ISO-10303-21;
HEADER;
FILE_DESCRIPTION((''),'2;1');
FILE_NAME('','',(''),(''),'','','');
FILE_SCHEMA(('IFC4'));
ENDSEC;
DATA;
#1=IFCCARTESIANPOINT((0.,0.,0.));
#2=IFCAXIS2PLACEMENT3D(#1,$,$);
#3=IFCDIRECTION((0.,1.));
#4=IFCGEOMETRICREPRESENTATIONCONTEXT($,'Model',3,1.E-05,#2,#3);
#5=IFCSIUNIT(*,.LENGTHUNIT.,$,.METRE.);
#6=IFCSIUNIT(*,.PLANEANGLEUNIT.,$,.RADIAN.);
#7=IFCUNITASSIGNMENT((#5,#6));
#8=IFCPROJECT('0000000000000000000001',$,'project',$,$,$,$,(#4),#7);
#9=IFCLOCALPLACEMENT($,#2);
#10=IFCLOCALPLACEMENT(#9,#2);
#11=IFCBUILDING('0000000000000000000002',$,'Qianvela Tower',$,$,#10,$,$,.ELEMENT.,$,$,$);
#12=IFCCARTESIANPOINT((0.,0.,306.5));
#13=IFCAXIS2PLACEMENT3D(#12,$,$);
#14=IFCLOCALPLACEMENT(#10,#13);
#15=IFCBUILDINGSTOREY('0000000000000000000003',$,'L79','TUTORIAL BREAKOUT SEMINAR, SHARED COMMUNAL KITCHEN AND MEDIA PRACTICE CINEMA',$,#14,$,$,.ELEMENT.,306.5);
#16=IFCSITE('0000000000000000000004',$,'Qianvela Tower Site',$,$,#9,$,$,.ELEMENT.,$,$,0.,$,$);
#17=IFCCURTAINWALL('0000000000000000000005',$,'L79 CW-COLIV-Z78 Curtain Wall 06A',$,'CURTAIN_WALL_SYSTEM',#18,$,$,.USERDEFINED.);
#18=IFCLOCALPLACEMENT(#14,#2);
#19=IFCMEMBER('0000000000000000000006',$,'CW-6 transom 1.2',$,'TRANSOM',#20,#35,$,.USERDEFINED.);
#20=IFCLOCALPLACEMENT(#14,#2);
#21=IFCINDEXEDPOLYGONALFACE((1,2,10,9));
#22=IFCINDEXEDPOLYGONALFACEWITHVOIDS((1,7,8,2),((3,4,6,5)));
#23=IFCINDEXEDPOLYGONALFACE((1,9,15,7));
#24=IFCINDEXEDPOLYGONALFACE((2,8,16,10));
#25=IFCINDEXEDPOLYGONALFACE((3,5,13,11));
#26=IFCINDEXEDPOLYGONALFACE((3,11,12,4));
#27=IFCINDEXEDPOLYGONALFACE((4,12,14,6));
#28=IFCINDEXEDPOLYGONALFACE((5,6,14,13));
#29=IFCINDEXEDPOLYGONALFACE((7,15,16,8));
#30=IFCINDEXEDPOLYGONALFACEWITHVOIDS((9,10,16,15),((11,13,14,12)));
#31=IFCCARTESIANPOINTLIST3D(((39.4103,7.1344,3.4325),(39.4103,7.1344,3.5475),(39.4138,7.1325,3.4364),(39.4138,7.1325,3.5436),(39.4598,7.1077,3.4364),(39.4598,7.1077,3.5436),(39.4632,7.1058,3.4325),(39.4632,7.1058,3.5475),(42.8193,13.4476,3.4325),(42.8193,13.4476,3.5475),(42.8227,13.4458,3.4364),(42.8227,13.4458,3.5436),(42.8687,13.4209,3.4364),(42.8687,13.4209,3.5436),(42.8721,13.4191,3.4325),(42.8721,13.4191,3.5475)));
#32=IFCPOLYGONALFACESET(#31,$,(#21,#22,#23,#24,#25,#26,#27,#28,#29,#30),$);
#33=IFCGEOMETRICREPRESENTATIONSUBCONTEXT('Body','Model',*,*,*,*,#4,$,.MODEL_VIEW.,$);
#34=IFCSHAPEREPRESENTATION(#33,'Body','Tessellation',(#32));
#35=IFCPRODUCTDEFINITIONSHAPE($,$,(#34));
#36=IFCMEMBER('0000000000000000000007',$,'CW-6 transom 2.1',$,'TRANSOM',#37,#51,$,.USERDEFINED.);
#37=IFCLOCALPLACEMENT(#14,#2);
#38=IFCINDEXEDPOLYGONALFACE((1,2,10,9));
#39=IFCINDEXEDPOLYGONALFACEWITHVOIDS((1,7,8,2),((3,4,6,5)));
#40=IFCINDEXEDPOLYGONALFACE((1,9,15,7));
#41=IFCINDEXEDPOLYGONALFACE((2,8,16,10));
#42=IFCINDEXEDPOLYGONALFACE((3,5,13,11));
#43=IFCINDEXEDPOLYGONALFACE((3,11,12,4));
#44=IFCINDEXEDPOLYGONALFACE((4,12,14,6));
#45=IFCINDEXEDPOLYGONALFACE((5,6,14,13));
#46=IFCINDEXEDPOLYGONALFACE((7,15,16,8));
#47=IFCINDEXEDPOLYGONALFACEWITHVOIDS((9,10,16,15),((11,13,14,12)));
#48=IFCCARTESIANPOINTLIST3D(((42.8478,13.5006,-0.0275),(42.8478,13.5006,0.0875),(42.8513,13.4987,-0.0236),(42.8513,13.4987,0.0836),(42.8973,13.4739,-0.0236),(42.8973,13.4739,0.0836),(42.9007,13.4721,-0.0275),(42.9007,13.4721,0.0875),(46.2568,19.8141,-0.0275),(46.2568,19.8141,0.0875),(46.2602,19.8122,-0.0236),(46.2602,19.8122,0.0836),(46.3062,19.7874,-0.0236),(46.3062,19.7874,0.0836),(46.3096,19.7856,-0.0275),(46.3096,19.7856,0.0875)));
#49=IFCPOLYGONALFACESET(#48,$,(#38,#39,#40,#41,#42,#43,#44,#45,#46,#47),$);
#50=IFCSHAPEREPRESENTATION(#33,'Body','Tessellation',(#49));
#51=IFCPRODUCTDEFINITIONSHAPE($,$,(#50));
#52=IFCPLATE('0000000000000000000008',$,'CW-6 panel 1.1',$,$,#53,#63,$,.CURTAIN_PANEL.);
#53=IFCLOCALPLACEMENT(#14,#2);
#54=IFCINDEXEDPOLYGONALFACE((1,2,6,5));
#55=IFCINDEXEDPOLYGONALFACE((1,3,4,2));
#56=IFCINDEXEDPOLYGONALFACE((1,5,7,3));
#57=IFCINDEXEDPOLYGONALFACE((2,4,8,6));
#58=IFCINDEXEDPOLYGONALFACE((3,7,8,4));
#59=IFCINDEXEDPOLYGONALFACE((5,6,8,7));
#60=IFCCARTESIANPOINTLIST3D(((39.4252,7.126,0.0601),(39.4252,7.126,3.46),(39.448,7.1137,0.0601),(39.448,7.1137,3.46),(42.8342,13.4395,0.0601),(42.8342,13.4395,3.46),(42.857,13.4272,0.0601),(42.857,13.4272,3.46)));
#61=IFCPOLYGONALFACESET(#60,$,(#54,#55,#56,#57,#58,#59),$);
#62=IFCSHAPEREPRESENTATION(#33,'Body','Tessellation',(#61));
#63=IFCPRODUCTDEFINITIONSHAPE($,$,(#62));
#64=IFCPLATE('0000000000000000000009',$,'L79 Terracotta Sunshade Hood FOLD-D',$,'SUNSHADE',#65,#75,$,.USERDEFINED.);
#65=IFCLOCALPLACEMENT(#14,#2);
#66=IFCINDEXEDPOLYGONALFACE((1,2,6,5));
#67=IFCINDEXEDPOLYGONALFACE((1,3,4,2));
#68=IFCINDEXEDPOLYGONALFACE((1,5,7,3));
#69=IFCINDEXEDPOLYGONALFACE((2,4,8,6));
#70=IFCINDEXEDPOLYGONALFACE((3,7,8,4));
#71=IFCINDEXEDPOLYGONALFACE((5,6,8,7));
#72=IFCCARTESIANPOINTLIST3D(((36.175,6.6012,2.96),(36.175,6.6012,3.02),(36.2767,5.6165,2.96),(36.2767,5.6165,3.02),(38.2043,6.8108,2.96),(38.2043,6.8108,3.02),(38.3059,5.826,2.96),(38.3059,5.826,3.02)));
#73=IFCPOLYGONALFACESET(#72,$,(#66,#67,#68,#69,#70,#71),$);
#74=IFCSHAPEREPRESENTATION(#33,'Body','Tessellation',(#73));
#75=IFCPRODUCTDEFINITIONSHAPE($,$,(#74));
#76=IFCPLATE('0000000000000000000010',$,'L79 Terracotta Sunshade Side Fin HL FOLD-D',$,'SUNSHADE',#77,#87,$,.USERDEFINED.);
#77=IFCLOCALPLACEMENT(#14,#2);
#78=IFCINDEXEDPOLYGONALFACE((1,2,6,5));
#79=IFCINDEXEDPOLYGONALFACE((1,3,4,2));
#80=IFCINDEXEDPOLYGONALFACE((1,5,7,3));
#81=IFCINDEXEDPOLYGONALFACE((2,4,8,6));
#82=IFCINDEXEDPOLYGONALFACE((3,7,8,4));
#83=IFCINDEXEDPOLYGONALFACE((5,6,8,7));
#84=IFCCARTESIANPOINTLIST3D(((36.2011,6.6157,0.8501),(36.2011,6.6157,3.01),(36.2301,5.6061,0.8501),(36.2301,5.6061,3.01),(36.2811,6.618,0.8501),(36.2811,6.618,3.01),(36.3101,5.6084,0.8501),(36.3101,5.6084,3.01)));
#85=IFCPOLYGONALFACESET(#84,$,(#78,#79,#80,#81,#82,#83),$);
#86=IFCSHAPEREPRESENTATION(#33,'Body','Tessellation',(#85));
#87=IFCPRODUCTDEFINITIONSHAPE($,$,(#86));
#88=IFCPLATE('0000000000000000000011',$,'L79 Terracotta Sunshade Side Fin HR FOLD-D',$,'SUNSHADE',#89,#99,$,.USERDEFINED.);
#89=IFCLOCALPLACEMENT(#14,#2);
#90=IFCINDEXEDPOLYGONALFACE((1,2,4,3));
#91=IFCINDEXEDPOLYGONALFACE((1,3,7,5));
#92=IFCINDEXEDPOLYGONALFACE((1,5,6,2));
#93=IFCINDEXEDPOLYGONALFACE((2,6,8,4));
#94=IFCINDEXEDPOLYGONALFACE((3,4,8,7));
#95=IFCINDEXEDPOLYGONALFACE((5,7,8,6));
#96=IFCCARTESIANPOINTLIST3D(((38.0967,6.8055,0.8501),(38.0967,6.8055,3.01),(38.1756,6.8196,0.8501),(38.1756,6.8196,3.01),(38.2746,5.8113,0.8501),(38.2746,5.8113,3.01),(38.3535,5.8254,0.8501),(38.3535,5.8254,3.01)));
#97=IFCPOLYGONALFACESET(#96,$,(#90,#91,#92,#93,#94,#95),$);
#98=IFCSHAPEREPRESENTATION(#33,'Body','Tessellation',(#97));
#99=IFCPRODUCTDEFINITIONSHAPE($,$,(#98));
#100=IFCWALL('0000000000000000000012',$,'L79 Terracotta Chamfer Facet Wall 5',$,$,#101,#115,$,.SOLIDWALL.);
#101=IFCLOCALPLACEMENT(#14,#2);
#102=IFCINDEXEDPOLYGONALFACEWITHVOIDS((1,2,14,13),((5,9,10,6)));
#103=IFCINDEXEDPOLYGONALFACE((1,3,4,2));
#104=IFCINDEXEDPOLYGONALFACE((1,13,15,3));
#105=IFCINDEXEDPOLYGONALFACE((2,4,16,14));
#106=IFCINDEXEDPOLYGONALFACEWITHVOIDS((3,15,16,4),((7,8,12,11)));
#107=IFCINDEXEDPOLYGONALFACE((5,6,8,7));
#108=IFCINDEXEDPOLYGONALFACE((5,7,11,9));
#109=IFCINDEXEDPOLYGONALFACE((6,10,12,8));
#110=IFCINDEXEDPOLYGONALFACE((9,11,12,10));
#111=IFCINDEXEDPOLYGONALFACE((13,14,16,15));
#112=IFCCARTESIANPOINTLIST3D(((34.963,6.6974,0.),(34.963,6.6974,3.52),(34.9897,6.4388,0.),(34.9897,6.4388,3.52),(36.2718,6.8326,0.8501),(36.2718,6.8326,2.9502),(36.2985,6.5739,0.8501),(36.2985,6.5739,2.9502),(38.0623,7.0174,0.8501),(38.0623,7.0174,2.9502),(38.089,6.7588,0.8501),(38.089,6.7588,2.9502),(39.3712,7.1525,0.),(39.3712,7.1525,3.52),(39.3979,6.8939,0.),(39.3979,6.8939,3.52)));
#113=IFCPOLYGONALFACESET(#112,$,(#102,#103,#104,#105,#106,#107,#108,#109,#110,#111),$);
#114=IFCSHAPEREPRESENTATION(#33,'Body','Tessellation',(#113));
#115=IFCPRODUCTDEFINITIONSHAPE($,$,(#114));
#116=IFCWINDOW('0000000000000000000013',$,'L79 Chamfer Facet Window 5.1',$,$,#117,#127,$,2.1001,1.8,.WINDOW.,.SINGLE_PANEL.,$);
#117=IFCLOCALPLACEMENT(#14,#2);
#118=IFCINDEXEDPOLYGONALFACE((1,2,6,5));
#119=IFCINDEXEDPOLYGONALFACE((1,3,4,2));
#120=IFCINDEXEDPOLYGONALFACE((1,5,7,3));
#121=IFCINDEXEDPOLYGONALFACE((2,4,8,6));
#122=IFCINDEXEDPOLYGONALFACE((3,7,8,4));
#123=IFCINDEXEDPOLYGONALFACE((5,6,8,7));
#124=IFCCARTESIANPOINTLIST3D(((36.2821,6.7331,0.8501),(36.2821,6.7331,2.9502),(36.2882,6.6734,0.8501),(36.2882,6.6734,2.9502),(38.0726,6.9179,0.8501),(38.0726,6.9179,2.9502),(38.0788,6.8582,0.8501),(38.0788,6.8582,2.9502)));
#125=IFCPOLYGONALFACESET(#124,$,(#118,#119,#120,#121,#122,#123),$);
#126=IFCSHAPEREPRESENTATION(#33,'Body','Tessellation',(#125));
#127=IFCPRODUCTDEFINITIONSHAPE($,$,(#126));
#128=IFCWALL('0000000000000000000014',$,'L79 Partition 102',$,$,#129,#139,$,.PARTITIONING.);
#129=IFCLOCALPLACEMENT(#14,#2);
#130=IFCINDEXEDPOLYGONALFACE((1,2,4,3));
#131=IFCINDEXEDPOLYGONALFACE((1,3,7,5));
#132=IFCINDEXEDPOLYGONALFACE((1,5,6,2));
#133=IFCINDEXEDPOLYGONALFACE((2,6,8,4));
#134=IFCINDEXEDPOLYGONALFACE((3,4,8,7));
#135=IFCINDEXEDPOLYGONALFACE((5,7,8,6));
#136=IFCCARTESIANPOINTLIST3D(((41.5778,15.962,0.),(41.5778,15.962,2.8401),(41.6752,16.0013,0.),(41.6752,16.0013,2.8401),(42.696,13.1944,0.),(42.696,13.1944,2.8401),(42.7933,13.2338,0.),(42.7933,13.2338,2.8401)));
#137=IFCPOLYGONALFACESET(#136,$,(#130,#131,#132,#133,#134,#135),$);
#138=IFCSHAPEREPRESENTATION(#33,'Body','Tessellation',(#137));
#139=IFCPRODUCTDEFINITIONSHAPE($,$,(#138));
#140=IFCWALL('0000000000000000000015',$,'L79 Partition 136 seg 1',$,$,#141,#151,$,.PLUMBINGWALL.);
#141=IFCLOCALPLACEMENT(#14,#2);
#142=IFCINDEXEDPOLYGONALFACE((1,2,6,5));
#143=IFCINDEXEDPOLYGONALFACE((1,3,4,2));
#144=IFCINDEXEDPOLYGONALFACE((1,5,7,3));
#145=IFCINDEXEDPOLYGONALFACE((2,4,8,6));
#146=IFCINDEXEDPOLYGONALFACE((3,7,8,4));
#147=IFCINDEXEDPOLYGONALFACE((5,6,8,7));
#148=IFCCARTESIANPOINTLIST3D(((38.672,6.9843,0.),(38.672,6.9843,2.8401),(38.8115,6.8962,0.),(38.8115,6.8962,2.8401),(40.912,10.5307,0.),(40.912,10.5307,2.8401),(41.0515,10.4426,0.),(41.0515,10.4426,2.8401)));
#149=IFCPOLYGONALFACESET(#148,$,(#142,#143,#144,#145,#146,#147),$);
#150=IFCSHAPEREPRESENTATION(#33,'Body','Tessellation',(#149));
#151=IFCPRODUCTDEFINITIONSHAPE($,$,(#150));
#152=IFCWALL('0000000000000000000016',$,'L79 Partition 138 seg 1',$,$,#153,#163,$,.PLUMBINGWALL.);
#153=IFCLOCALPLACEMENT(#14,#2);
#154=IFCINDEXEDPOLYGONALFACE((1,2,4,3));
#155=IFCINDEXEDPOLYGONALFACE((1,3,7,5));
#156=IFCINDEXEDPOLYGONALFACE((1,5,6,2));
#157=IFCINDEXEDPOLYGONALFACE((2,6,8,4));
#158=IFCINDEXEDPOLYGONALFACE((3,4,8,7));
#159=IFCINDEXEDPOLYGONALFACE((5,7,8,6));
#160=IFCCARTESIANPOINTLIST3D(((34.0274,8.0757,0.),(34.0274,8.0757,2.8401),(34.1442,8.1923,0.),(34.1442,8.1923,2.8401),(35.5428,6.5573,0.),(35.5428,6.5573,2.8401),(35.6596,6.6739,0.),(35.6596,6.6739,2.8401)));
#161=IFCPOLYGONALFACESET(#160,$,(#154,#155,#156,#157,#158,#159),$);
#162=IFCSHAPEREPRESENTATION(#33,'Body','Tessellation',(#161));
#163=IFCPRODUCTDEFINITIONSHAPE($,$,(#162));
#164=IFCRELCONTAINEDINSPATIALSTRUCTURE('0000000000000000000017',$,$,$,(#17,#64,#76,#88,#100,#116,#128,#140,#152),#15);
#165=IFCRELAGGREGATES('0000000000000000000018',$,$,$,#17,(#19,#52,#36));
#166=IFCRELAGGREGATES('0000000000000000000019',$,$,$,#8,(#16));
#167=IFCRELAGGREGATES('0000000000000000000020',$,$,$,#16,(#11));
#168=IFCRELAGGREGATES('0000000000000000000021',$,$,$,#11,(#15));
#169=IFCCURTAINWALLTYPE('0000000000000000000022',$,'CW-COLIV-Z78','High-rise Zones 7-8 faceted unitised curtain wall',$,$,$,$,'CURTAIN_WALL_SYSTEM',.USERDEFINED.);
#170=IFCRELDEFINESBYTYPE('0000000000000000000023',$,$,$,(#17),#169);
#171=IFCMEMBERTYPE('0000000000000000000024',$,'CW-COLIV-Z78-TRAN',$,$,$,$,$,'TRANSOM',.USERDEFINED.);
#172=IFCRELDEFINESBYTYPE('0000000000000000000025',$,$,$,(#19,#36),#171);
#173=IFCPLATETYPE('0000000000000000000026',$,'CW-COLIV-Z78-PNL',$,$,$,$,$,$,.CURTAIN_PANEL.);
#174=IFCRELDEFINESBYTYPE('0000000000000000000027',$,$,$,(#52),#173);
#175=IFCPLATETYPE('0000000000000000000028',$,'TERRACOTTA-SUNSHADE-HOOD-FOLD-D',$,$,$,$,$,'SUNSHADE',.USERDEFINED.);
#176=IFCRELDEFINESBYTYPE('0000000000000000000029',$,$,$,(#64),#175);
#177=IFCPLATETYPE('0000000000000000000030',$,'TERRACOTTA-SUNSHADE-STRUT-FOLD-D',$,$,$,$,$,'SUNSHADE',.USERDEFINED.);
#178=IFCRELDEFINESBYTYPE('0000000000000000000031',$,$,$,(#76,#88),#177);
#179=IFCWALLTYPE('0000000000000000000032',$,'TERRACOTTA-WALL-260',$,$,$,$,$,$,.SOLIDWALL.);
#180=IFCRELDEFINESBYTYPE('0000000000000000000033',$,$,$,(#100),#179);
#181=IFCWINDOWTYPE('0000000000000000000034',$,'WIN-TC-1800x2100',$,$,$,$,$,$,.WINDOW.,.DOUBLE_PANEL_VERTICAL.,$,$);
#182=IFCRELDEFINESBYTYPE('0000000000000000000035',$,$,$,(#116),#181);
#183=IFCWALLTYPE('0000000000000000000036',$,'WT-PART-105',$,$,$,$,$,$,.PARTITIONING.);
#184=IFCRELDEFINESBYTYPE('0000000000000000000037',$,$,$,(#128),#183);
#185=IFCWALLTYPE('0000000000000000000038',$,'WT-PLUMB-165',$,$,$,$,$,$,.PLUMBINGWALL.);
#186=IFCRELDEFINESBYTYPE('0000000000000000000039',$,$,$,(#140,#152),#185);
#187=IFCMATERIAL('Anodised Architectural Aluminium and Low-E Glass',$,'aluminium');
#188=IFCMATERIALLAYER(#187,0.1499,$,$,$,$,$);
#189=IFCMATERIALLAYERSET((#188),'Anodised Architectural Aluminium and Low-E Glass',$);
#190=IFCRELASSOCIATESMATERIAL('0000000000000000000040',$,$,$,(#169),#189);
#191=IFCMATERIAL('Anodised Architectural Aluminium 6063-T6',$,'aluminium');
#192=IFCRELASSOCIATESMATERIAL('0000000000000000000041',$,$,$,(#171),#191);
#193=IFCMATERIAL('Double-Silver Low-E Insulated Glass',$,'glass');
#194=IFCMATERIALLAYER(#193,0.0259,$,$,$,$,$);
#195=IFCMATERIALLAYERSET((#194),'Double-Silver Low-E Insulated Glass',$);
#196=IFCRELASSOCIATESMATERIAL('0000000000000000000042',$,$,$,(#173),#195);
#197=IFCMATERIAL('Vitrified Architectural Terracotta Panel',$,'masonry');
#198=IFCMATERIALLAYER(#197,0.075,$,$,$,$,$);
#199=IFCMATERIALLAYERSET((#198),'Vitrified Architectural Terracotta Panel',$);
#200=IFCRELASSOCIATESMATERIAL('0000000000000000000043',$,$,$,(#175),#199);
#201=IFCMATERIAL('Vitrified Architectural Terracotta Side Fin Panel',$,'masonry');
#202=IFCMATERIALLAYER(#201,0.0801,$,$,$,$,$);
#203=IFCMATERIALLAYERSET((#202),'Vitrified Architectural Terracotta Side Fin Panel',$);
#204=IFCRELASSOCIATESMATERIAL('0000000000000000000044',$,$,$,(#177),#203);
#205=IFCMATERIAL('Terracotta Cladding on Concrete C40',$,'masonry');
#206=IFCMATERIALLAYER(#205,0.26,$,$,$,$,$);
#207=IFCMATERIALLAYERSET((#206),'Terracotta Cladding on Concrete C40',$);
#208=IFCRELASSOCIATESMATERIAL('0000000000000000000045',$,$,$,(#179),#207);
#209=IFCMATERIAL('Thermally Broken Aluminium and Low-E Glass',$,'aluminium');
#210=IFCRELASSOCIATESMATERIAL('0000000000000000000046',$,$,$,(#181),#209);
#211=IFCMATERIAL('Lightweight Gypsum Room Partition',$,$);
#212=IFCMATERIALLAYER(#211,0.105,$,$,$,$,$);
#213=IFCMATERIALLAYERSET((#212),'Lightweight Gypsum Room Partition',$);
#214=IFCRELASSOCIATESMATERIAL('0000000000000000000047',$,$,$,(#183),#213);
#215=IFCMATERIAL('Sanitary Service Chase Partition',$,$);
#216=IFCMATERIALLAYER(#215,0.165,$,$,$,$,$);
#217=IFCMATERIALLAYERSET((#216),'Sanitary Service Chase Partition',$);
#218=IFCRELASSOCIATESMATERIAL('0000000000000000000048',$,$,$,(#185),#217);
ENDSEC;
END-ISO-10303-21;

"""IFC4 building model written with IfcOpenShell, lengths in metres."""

from ifc_helpers import new_model, si_unit, direction, frame, frame_2d, origin, origin_2d, place, context, subcontext, project, spatial, rectangle, hollow_rectangle, extrude, material, layer, layer_set, material_profile, profile_set, type_object, element, fill, aggregate, save


model = new_model("IFC4")

# Units and contexts
model_context = context("Model", 3, precision=1e-05, world=origin(), true_north=direction((0.0, 1.0)))
body_context = subcontext(model_context, "Body", "Model", "MODEL_VIEW")
ifc_project = project(units=[si_unit("LENGTHUNIT", "METRE"), si_unit("PLANEANGLEUNIT", "RADIAN")], contexts=[model_context])

# Site, building, storey
site_placement = place(None, origin())
site = spatial("IfcSite", under=ifc_project, at=site_placement, Name="Qianvela Tower Site", CompositionType="ELEMENT", RefElevation=0.0)
building_placement = place(site_placement, origin())
building = spatial("IfcBuilding", under=site, at=building_placement, Name="Qianvela Tower", CompositionType="ELEMENT")
storey_placement = place(building_placement, frame((0.0, 0.0, 306.5)))
storey = spatial("IfcBuildingStorey", under=building, at=storey_placement, Name="L79", Description="TUTORIAL BREAKOUT SEMINAR, SHARED COMMUNAL KITCHEN AND MEDIA PRACTICE CINEMA", CompositionType="ELEMENT", Elevation=306.5)

# Shared definitions
ifc_material_1 = material(Name="Anodised Architectural Aluminium and Low-E Glass", Category="aluminium")
ifc_layer_1 = layer(ifc_material_1, 0.1499)
ifc_layer_set_1 = layer_set([ifc_layer_1], Name="Anodised Architectural Aluminium and Low-E Glass")
curtain_wall_type = type_object("IfcCurtainWallType", Name="CW-COLIV-Z78", Description="High-rise Zones 7-8 faceted unitised curtain wall", ElementType="CURTAIN_WALL_SYSTEM", PredefinedType="USERDEFINED", material=ifc_layer_set_1)

# Curtain wall, members, plate
curtain_wall_1_placement = place(storey_placement, origin())
curtain_wall_1 = element("IfcCurtainWall", 1, at=curtain_wall_1_placement, inside=storey, type_object=curtain_wall_type, Name="L79 CW-COLIV-Z78 Curtain Wall 06A", ObjectType="CURTAIN_WALL_SYSTEM", PredefinedType="USERDEFINED")
ifc_material_2 = material(Name="Anodised Architectural Aluminium 6063-T6", Category="aluminium")
ifc_material_profile_1 = material_profile(ifc_material_2, hollow_rectangle(XDim=0.0601, YDim=0.115, WallThickness=0.0039, at=origin_2d()), Name="ALU-TRAN-60x115")
ifc_profile_set_1 = profile_set([ifc_material_profile_1], Name="Anodised Architectural Aluminium 6063-T6")
member_type_1 = type_object("IfcMemberType", Name="CW-COLIV-Z78-TRAN", ElementType="TRANSOM", PredefinedType="USERDEFINED", material=ifc_profile_set_1)
member_1_placement = place(storey_placement, frame((39.4368, 7.1201, 3.49), z_axis=(0.475126, 0.879918, 0.0), x_axis=(-0.879918, 0.475126, 0.0)))
member_1 = element("IfcMember", 2, at=member_1_placement, type_object=member_type_1, Name="CW-6 transom 1.2", ObjectType="TRANSOM", PredefinedType="USERDEFINED", context=body_context, shape_type="SweptSolid", body=[
    extrude(hollow_rectangle(XDim=0.0601, YDim=0.115, WallThickness=0.0039, at=origin_2d()), origin(), (0.0, 0.0, 1.0), 7.1748),
])
member_2_placement = place(storey_placement, frame((42.8743, 13.4863, 0.03), z_axis=(0.475112, 0.879925, 0.0), x_axis=(-0.879925, 0.475112, 0.0)))
member_2 = element("IfcMember", 3, at=member_2_placement, type_object=member_type_1, Name="CW-6 transom 2.1", ObjectType="TRANSOM", PredefinedType="USERDEFINED", context=body_context, shape_type="SweptSolid", body=[
    extrude(hollow_rectangle(XDim=0.0601, YDim=0.115, WallThickness=0.0039, at=origin_2d()), origin(), (0.0, 0.0, 1.0), 7.175),
])
ifc_material_3 = material(Name="Double-Silver Low-E Insulated Glass", Category="glass")
ifc_layer_2 = layer(ifc_material_3, 0.0259)
ifc_layer_set_2 = layer_set([ifc_layer_2], Name="Double-Silver Low-E Insulated Glass")
plate_type_1 = type_object("IfcPlateType", Name="CW-COLIV-Z78-PNL", PredefinedType="CURTAIN_PANEL", material=ifc_layer_set_2)
plate_1_placement = place(storey_placement, frame((41.1411, 10.2766, 0.0601), z_axis=(0.0, 0.0, 1.0), x_axis=(0.475114, 0.879924, 0.0)))
plate_1 = element("IfcPlate", 4, at=plate_1_placement, type_object=plate_type_1, Name="CW-6 panel 1.1", PredefinedType="CURTAIN_PANEL", context=body_context, shape_type="SweptSolid", body=[
    extrude(rectangle(XDim=7.175, YDim=0.0259, at=origin_2d()), origin(), (0.0, 0.0, 1.0), 3.3999),
])
aggregate(curtain_wall_1, [member_1, plate_1, member_2])

# Plates
ifc_material_4 = material(Name="Vitrified Architectural Terracotta Panel", Category="masonry")
ifc_layer_3 = layer(ifc_material_4, 0.075)
ifc_layer_set_3 = layer_set([ifc_layer_3], Name="Vitrified Architectural Terracotta Panel")
plate_type_2 = type_object("IfcPlateType", Name="TERRACOTTA-SUNSHADE-HOOD-FOLD-D", ElementType="SUNSHADE", PredefinedType="USERDEFINED", material=ifc_layer_set_3)
plate_2_placement = place(storey_placement, frame((37.2405, 6.2136, 2.96), z_axis=(0.0, 0.0, 1.0), x_axis=(0.994713, 0.102695, 0.0)))
element("IfcPlate", 5, at=plate_2_placement, inside=storey, type_object=plate_type_2, Name="L79 Terracotta Sunshade Hood FOLD-D", ObjectType="SUNSHADE", PredefinedType="USERDEFINED", context=body_context, shape_type="SweptSolid", body=[
    extrude(rectangle(XDim=2.04, YDim=0.99, at=origin_2d()), origin(), (0.0, 0.0, 1.0), 0.0601),
])
ifc_material_5 = material(Name="Vitrified Architectural Terracotta Side Fin Panel", Category="masonry")
ifc_layer_4 = layer(ifc_material_5, 0.0801)
ifc_layer_set_4 = layer_set([ifc_layer_4], Name="Vitrified Architectural Terracotta Side Fin Panel")
plate_type_3 = type_object("IfcPlateType", Name="TERRACOTTA-SUNSHADE-STRUT-FOLD-D", ElementType="SUNSHADE", PredefinedType="USERDEFINED", material=ifc_layer_set_4)
for number, where, z_axis, x_axis, name in (
    (6, (36.2556, 6.1121, 0.8501), (0.0, 0.0, 1.0), (0.999588, 0.028696, 0.0), "L79 Terracotta Sunshade Side Fin HL FOLD-D"),
    (7, (38.2251, 6.3154, 0.8501), (0.0, 0.0, 1.0), (0.984367, 0.17613, 0.0), "L79 Terracotta Sunshade Side Fin HR FOLD-D"),
):
    element("IfcPlate", number, at=place(storey_placement, frame(where, z_axis=z_axis, x_axis=x_axis)), inside=storey, type_object=plate_type_3, Name=name, ObjectType="SUNSHADE", PredefinedType="USERDEFINED", context=body_context, shape_type="SweptSolid", body=[
        extrude(rectangle(XDim=0.0801, YDim=1.01, at=origin_2d()), origin(), (0.0, 0.0, 1.0), 2.1599),
    ])

# Wall, opening, window
ifc_material_6 = material(Name="Terracotta Cladding on Concrete C40", Category="masonry")
ifc_layer_5 = layer(ifc_material_6, 0.26)
ifc_layer_set_5 = layer_set([ifc_layer_5], Name="Terracotta Cladding on Concrete C40")
wall_type_1 = type_object("IfcWallType", Name="TERRACOTTA-WALL-260", PredefinedType="SOLIDWALL", material=ifc_layer_set_5)
wall_1_placement = place(storey_placement, frame((34.9763, 6.5681, 0.0), z_axis=(0.0, 0.0, 1.0), x_axis=(0.994714, 0.102689, 0.0)))
wall_1 = element("IfcWall", 8, at=wall_1_placement, inside=storey, type_object=wall_type_1, Name="L79 Terracotta Chamfer Facet Wall 5", PredefinedType="SOLIDWALL", context=body_context, shape_type="SweptSolid", body=[
    extrude(rectangle(XDim=4.4316, YDim=0.26, at=frame_2d((2.2158, 0.0))), origin(), (0.0, 0.0, 1.0), 3.52),
])
opening_placement = place(wall_1_placement, frame((1.3159, 0.0, 0.8501)))
opening = element("IfcOpeningElement", 9, at=opening_placement, cuts=wall_1, PredefinedType="OPENING", context=body_context, shape_type="SweptSolid", body=[
    extrude(rectangle(XDim=1.8, YDim=2.1001, at=frame_2d((0.8999, 1.05))), frame((0.0, 0.1399, 0.0), z_axis=(0.0, -1.0, 0.0), x_axis=(1.0, 0.0, 0.0)), (0.0, 0.0, 1.0), 0.28),
])
ifc_material_7 = material(Name="Thermally Broken Aluminium and Low-E Glass", Category="aluminium")
window_type = type_object("IfcWindowType", Name="WIN-TC-1800x2100", PartitioningType="DOUBLE_PANEL_VERTICAL", PredefinedType="WINDOW", material=ifc_material_7)
window_placement = place(opening_placement, origin())
window = element("IfcWindow", 10, at=window_placement, inside=storey, type_object=window_type, Name="L79 Chamfer Facet Window 5.1", OverallHeight=2.1001, OverallWidth=1.8, PartitioningType="SINGLE_PANEL", PredefinedType="WINDOW", context=body_context, shape_type="SweptSolid", body=[
    extrude(rectangle(XDim=1.8, YDim=2.1001, at=frame_2d((0.8999, 1.05))), frame((0.0, 0.03, 0.0), z_axis=(0.0, -1.0, 0.0), x_axis=(1.0, 0.0, 0.0)), (0.0, 0.0, 1.0), 0.0601),
])
fill(opening, window)

# Walls
ifc_material_8 = material(Name="Lightweight Gypsum Room Partition")
ifc_layer_6 = layer(ifc_material_8, 0.105)
ifc_layer_set_6 = layer_set([ifc_layer_6], Name="Lightweight Gypsum Room Partition")
wall_type_2 = type_object("IfcWallType", Name="WT-PART-105", PredefinedType="PARTITIONING", material=ifc_layer_set_6)
wall_2_placement = place(storey_placement, frame((42.7446, 13.2141, 0.0), z_axis=(0.0, 0.0, 1.0), x_axis=(-0.374604, 0.927185, 0.0)))
element("IfcWall", 11, at=wall_2_placement, inside=storey, type_object=wall_type_2, Name="L79 Partition 102", PredefinedType="PARTITIONING", context=body_context, shape_type="SweptSolid", body=[
    extrude(rectangle(XDim=2.9849, YDim=0.105, at=frame_2d((1.4924, 0.0))), origin(), (0.0, 0.0, 1.0), 2.8401),
])
ifc_material_9 = material(Name="Sanitary Service Chase Partition")
ifc_layer_7 = layer(ifc_material_9, 0.165)
ifc_layer_set_7 = layer_set([ifc_layer_7], Name="Sanitary Service Chase Partition")
wall_type_3 = type_object("IfcWallType", Name="WT-PLUMB-165", PredefinedType="PLUMBINGWALL", material=ifc_layer_set_7)
wall_3_placement = place(storey_placement, frame((40.9817, 10.4866, 0.0), z_axis=(0.0, 0.0, 1.0), x_axis=(-0.534021, -0.845471, 0.0)))
element("IfcWall", 12, at=wall_3_placement, inside=storey, type_object=wall_type_3, Name="L79 Partition 136 seg 1", PredefinedType="PLUMBINGWALL", context=body_context, shape_type="SweptSolid", body=[
    extrude(rectangle(XDim=4.1946, YDim=0.165, at=frame_2d((2.0972, 0.0))), origin(), (0.0, 0.0, 1.0), 2.8401),
])
wall_4_placement = place(storey_placement, frame((35.6013, 6.6155, 0.0), z_axis=(0.0, 0.0, 1.0), x_axis=(-0.706424, 0.707789, 0.0)))
element("IfcWall", 13, at=wall_4_placement, inside=storey, type_object=wall_type_3, Name="L79 Partition 138 seg 1", PredefinedType="PLUMBINGWALL", context=body_context, shape_type="SweptSolid", body=[
    extrude(rectangle(XDim=2.1453, YDim=0.165, at=frame_2d((1.0728, 0.0))), origin(), (0.0, 0.0, 1.0), 2.8401),
])

save(model, "model.ifc")
